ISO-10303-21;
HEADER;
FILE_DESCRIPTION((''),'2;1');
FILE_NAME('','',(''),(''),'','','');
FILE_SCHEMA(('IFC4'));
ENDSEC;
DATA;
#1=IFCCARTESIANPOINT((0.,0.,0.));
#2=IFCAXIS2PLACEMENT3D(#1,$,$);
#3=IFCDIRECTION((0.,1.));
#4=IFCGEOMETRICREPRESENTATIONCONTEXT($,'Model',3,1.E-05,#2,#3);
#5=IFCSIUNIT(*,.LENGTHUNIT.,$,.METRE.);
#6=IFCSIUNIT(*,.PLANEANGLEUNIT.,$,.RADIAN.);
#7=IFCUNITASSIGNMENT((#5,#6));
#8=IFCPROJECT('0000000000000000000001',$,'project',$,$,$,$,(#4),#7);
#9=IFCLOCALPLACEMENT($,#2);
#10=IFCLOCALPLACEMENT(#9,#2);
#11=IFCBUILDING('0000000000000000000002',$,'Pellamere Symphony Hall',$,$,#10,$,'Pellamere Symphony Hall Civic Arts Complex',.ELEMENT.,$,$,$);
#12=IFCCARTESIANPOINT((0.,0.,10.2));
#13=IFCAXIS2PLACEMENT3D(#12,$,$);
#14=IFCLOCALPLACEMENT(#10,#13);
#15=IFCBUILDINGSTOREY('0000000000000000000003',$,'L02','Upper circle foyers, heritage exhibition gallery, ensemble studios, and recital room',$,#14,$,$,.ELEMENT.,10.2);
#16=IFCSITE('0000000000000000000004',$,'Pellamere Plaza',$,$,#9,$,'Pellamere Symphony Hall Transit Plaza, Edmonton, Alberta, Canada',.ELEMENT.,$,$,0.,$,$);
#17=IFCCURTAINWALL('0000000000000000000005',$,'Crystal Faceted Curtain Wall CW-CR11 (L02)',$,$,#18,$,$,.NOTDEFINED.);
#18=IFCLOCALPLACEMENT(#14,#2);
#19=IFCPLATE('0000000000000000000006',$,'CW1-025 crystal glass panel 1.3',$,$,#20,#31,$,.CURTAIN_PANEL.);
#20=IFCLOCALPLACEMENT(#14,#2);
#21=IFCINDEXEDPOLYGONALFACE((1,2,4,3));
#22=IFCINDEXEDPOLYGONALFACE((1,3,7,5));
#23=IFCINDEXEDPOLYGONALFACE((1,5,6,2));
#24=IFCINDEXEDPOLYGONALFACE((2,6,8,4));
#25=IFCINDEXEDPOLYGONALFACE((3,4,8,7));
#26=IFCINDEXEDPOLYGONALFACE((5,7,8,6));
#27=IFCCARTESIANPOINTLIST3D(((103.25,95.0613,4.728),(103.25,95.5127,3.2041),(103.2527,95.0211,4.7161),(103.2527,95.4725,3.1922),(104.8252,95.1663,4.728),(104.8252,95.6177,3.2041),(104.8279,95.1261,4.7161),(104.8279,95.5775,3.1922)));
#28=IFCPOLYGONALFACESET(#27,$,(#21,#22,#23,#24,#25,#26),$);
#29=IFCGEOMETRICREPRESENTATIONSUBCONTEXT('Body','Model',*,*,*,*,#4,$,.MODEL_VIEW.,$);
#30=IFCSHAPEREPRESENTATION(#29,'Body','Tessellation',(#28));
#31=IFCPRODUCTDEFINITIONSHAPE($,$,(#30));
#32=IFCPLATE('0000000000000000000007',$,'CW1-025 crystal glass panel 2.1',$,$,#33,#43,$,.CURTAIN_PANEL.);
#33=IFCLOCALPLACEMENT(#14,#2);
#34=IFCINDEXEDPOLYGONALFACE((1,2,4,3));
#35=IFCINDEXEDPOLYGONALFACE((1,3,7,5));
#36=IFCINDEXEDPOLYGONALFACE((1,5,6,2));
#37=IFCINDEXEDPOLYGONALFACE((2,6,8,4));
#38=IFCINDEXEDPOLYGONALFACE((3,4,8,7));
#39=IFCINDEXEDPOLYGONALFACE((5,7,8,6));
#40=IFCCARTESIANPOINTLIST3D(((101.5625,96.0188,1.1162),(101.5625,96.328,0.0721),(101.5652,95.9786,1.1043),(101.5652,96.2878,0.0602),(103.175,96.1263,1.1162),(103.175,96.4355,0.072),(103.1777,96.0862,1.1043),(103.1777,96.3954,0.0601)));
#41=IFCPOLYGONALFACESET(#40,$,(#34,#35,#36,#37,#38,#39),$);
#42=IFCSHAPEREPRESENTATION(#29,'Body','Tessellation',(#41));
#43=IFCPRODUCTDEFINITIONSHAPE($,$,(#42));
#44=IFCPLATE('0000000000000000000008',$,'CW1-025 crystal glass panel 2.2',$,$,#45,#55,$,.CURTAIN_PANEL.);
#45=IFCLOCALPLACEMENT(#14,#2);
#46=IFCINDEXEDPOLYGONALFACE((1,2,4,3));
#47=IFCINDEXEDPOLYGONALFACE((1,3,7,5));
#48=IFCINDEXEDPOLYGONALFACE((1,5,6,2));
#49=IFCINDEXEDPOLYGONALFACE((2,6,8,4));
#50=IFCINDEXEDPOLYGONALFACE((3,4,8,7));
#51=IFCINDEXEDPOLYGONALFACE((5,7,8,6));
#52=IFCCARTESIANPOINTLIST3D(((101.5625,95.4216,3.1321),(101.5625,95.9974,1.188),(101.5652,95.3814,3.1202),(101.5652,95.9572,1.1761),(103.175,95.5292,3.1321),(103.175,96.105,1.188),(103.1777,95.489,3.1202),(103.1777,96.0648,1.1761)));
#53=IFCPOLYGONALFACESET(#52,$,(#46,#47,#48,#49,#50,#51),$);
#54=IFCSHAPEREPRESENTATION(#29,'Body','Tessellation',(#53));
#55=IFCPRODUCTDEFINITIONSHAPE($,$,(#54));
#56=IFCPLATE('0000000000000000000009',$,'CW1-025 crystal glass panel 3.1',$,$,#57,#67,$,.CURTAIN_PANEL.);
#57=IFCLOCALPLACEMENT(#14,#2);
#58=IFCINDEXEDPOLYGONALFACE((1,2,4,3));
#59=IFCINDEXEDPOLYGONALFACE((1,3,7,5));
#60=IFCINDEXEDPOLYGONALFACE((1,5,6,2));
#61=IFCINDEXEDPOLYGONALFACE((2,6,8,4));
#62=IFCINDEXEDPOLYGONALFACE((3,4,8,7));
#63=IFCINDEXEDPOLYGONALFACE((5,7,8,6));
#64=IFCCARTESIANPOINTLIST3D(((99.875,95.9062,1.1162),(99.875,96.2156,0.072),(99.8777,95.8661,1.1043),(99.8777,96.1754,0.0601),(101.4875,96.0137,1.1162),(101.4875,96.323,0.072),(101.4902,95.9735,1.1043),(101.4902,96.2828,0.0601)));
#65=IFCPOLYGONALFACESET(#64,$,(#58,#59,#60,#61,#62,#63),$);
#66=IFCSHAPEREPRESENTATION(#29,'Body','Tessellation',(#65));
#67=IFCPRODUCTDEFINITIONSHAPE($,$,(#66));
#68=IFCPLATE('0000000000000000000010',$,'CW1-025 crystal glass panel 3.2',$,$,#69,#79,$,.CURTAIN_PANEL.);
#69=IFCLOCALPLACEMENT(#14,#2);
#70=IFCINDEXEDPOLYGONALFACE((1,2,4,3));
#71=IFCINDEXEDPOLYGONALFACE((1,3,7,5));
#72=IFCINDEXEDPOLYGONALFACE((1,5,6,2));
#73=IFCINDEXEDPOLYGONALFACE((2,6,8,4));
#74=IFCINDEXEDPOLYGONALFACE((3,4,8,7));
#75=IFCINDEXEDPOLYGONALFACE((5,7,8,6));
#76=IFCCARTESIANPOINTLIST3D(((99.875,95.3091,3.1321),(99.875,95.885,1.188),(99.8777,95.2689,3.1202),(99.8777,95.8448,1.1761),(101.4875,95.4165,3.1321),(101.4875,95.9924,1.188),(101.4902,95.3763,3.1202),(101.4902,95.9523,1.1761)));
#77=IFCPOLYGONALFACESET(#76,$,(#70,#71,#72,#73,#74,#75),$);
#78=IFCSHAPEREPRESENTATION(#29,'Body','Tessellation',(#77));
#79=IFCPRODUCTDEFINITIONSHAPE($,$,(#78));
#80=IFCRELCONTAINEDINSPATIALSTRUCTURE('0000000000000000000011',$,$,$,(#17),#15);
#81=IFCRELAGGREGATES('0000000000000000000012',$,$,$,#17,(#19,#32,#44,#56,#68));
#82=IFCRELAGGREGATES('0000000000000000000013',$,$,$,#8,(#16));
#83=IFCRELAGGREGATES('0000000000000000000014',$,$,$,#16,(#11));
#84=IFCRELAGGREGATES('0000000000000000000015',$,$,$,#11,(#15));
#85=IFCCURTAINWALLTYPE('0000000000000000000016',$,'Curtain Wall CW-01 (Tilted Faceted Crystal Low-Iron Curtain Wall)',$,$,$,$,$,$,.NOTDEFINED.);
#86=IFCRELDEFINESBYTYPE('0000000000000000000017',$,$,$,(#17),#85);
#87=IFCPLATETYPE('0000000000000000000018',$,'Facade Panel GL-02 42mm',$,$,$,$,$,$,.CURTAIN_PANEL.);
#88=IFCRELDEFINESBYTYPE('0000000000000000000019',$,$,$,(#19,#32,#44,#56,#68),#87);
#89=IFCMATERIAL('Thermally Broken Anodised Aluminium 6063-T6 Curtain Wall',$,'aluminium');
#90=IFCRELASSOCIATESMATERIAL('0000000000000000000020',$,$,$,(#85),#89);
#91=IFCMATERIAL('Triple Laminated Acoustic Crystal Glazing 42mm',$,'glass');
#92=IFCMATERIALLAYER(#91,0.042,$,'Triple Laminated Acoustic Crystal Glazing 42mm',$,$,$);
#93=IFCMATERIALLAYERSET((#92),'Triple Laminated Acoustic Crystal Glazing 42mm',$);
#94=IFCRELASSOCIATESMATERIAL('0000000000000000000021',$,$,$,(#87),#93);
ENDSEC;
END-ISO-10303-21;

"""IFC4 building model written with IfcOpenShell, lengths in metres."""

from ifc_helpers import new_model, si_unit, direction, frame, origin, place, context, subcontext, project, spatial, polyline, outline, extrude, material, layer, layer_set, type_object, element, aggregate, save


model = new_model("IFC4")

# Units and contexts
model_context = context("Model", 3, precision=1e-05, world=origin(), true_north=direction((0.0, 1.0)))
body_context = subcontext(model_context, "Body", "Model", "MODEL_VIEW")
ifc_project = project(units=[si_unit("LENGTHUNIT", "METRE"), si_unit("PLANEANGLEUNIT", "RADIAN")], contexts=[model_context])

# Site, building, storey
site_placement = place(None, origin())
site = spatial("IfcSite", under=ifc_project, at=site_placement, Name="Pellamere Plaza", LongName="Pellamere Symphony Hall Transit Plaza, Edmonton, Alberta, Canada", CompositionType="ELEMENT", RefElevation=0.0)
building_placement = place(site_placement, origin())
building = spatial("IfcBuilding", under=site, at=building_placement, Name="Pellamere Symphony Hall", LongName="Pellamere Symphony Hall Civic Arts Complex", CompositionType="ELEMENT")
storey_placement = place(building_placement, frame((0.0, 0.0, 10.2)))
storey = spatial("IfcBuildingStorey", under=building, at=storey_placement, Name="L02", Description="Upper circle foyers, heritage exhibition gallery, ensemble studios, and recital room", CompositionType="ELEMENT", Elevation=10.2)

# Curtain wall
ifc_material_1 = material(Name="Thermally Broken Anodised Aluminium 6063-T6 Curtain Wall", Category="aluminium")
curtain_wall_type = type_object("IfcCurtainWallType", Name="Curtain Wall CW-01 (Tilted Faceted Crystal Low-Iron Curtain Wall)", PredefinedType="NOTDEFINED", material=ifc_material_1)
curtain_wall_1_placement = place(storey_placement, origin())
curtain_wall_1 = element("IfcCurtainWall", 1, at=curtain_wall_1_placement, inside=storey, type_object=curtain_wall_type, Name="Crystal Faceted Curtain Wall CW-CR11 (L02)", PredefinedType="NOTDEFINED")

# Plates
ifc_material_2 = material(Name="Triple Laminated Acoustic Crystal Glazing 42mm", Category="glass")
ifc_layer = layer(ifc_material_2, 0.042, Name="Triple Laminated Acoustic Crystal Glazing 42mm")
ifc_layer_set = layer_set([ifc_layer], Name="Triple Laminated Acoustic Crystal Glazing 42mm")
plate_type = type_object("IfcPlateType", Name="Facade Panel GL-02 42mm", PredefinedType="CURTAIN_PANEL", material=ifc_layer_set)
plate_1_placement = place(storey_placement, frame((104.8252, 95.6177, 3.2041), z_axis=(-0.063771, 0.956867, 0.283442), x_axis=(-0.997787, -0.066498, 0.0)))
plate_1 = element("IfcPlate", 2, at=plate_1_placement, type_object=plate_type, Name="CW1-025 crystal glass panel 1.3", PredefinedType="CURTAIN_PANEL", context=body_context, shape_type="SweptSolid", body=[
    extrude(outline(polyline([(0.0, 0.0), (1.5787, 0.0), (1.6087, 1.5891), (0.03, 1.5891), (0.0, 0.0)])), origin(), (0.0, 0.0, -1.0), 0.042),
])
plate_2_placement = place(storey_placement, frame((103.175, 96.4355, 0.072), z_axis=(-0.063817, 0.95689, 0.283353), x_axis=(-0.997783, -0.06655, 0.00002)))
plate_2 = element("IfcPlate", 3, at=plate_2_placement, type_object=plate_type, Name="CW1-025 crystal glass panel 2.1", PredefinedType="CURTAIN_PANEL", context=body_context, shape_type="SweptSolid", body=[
    extrude(outline(polyline([(0.0, 0.0), (1.6161, 0.0), (1.6367, 1.0888), (0.0206, 1.0888), (0.0, 0.0)])), origin(), (0.0, 0.0, -1.0), 0.042),
])
plate_3_placement = place(storey_placement, frame((103.175, 96.105, 1.188), z_axis=(-0.063816, 0.956873, 0.283409), x_axis=(-0.997783, -0.06655, 0.00002)))
plate_3 = element("IfcPlate", 4, at=plate_3_placement, type_object=plate_type, Name="CW1-025 crystal glass panel 2.2", PredefinedType="CURTAIN_PANEL", context=body_context, shape_type="SweptSolid", body=[
    extrude(outline(polyline([(0.0, 0.0), (1.6161, 0.0), (1.6545, 2.0272), (0.0384, 2.0272), (0.0, 0.0)])), origin(), (0.0, 0.0, -1.0), 0.042),
])
plate_4_placement = place(storey_placement, frame((101.4875, 96.323, 0.072), z_axis=(-0.063743, 0.956864, 0.283457), x_axis=(-0.997788, -0.066469, 0.0)))
plate_4 = element("IfcPlate", 5, at=plate_4_placement, type_object=plate_type, Name="CW1-025 crystal glass panel 3.1", PredefinedType="CURTAIN_PANEL", context=body_context, shape_type="SweptSolid", body=[
    extrude(outline(polyline([(0.0, 0.0), (1.6161, 0.0), (1.6367, 1.0888), (0.0206, 1.0888), (0.0, 0.0)])), origin(), (0.0, 0.0, -1.0), 0.042),
])
plate_5_placement = place(storey_placement, frame((101.4875, 95.9924, 1.188), z_axis=(-0.063742, 0.956862, 0.283466), x_axis=(-0.997788, -0.066469, 0.0)))
plate_5 = element("IfcPlate", 6, at=plate_5_placement, type_object=plate_type, Name="CW1-025 crystal glass panel 3.2", PredefinedType="CURTAIN_PANEL", context=body_context, shape_type="SweptSolid", body=[
    extrude(outline(polyline([(0.0, 0.0), (1.6161, 0.0), (1.6544, 2.0272), (0.0383, 2.0272), (0.0, 0.0)])), origin(), (0.0, 0.0, -1.0), 0.042),
])
aggregate(curtain_wall_1, [plate_1, plate_2, plate_3, plate_4, plate_5])

save(model, "model.ifc")
